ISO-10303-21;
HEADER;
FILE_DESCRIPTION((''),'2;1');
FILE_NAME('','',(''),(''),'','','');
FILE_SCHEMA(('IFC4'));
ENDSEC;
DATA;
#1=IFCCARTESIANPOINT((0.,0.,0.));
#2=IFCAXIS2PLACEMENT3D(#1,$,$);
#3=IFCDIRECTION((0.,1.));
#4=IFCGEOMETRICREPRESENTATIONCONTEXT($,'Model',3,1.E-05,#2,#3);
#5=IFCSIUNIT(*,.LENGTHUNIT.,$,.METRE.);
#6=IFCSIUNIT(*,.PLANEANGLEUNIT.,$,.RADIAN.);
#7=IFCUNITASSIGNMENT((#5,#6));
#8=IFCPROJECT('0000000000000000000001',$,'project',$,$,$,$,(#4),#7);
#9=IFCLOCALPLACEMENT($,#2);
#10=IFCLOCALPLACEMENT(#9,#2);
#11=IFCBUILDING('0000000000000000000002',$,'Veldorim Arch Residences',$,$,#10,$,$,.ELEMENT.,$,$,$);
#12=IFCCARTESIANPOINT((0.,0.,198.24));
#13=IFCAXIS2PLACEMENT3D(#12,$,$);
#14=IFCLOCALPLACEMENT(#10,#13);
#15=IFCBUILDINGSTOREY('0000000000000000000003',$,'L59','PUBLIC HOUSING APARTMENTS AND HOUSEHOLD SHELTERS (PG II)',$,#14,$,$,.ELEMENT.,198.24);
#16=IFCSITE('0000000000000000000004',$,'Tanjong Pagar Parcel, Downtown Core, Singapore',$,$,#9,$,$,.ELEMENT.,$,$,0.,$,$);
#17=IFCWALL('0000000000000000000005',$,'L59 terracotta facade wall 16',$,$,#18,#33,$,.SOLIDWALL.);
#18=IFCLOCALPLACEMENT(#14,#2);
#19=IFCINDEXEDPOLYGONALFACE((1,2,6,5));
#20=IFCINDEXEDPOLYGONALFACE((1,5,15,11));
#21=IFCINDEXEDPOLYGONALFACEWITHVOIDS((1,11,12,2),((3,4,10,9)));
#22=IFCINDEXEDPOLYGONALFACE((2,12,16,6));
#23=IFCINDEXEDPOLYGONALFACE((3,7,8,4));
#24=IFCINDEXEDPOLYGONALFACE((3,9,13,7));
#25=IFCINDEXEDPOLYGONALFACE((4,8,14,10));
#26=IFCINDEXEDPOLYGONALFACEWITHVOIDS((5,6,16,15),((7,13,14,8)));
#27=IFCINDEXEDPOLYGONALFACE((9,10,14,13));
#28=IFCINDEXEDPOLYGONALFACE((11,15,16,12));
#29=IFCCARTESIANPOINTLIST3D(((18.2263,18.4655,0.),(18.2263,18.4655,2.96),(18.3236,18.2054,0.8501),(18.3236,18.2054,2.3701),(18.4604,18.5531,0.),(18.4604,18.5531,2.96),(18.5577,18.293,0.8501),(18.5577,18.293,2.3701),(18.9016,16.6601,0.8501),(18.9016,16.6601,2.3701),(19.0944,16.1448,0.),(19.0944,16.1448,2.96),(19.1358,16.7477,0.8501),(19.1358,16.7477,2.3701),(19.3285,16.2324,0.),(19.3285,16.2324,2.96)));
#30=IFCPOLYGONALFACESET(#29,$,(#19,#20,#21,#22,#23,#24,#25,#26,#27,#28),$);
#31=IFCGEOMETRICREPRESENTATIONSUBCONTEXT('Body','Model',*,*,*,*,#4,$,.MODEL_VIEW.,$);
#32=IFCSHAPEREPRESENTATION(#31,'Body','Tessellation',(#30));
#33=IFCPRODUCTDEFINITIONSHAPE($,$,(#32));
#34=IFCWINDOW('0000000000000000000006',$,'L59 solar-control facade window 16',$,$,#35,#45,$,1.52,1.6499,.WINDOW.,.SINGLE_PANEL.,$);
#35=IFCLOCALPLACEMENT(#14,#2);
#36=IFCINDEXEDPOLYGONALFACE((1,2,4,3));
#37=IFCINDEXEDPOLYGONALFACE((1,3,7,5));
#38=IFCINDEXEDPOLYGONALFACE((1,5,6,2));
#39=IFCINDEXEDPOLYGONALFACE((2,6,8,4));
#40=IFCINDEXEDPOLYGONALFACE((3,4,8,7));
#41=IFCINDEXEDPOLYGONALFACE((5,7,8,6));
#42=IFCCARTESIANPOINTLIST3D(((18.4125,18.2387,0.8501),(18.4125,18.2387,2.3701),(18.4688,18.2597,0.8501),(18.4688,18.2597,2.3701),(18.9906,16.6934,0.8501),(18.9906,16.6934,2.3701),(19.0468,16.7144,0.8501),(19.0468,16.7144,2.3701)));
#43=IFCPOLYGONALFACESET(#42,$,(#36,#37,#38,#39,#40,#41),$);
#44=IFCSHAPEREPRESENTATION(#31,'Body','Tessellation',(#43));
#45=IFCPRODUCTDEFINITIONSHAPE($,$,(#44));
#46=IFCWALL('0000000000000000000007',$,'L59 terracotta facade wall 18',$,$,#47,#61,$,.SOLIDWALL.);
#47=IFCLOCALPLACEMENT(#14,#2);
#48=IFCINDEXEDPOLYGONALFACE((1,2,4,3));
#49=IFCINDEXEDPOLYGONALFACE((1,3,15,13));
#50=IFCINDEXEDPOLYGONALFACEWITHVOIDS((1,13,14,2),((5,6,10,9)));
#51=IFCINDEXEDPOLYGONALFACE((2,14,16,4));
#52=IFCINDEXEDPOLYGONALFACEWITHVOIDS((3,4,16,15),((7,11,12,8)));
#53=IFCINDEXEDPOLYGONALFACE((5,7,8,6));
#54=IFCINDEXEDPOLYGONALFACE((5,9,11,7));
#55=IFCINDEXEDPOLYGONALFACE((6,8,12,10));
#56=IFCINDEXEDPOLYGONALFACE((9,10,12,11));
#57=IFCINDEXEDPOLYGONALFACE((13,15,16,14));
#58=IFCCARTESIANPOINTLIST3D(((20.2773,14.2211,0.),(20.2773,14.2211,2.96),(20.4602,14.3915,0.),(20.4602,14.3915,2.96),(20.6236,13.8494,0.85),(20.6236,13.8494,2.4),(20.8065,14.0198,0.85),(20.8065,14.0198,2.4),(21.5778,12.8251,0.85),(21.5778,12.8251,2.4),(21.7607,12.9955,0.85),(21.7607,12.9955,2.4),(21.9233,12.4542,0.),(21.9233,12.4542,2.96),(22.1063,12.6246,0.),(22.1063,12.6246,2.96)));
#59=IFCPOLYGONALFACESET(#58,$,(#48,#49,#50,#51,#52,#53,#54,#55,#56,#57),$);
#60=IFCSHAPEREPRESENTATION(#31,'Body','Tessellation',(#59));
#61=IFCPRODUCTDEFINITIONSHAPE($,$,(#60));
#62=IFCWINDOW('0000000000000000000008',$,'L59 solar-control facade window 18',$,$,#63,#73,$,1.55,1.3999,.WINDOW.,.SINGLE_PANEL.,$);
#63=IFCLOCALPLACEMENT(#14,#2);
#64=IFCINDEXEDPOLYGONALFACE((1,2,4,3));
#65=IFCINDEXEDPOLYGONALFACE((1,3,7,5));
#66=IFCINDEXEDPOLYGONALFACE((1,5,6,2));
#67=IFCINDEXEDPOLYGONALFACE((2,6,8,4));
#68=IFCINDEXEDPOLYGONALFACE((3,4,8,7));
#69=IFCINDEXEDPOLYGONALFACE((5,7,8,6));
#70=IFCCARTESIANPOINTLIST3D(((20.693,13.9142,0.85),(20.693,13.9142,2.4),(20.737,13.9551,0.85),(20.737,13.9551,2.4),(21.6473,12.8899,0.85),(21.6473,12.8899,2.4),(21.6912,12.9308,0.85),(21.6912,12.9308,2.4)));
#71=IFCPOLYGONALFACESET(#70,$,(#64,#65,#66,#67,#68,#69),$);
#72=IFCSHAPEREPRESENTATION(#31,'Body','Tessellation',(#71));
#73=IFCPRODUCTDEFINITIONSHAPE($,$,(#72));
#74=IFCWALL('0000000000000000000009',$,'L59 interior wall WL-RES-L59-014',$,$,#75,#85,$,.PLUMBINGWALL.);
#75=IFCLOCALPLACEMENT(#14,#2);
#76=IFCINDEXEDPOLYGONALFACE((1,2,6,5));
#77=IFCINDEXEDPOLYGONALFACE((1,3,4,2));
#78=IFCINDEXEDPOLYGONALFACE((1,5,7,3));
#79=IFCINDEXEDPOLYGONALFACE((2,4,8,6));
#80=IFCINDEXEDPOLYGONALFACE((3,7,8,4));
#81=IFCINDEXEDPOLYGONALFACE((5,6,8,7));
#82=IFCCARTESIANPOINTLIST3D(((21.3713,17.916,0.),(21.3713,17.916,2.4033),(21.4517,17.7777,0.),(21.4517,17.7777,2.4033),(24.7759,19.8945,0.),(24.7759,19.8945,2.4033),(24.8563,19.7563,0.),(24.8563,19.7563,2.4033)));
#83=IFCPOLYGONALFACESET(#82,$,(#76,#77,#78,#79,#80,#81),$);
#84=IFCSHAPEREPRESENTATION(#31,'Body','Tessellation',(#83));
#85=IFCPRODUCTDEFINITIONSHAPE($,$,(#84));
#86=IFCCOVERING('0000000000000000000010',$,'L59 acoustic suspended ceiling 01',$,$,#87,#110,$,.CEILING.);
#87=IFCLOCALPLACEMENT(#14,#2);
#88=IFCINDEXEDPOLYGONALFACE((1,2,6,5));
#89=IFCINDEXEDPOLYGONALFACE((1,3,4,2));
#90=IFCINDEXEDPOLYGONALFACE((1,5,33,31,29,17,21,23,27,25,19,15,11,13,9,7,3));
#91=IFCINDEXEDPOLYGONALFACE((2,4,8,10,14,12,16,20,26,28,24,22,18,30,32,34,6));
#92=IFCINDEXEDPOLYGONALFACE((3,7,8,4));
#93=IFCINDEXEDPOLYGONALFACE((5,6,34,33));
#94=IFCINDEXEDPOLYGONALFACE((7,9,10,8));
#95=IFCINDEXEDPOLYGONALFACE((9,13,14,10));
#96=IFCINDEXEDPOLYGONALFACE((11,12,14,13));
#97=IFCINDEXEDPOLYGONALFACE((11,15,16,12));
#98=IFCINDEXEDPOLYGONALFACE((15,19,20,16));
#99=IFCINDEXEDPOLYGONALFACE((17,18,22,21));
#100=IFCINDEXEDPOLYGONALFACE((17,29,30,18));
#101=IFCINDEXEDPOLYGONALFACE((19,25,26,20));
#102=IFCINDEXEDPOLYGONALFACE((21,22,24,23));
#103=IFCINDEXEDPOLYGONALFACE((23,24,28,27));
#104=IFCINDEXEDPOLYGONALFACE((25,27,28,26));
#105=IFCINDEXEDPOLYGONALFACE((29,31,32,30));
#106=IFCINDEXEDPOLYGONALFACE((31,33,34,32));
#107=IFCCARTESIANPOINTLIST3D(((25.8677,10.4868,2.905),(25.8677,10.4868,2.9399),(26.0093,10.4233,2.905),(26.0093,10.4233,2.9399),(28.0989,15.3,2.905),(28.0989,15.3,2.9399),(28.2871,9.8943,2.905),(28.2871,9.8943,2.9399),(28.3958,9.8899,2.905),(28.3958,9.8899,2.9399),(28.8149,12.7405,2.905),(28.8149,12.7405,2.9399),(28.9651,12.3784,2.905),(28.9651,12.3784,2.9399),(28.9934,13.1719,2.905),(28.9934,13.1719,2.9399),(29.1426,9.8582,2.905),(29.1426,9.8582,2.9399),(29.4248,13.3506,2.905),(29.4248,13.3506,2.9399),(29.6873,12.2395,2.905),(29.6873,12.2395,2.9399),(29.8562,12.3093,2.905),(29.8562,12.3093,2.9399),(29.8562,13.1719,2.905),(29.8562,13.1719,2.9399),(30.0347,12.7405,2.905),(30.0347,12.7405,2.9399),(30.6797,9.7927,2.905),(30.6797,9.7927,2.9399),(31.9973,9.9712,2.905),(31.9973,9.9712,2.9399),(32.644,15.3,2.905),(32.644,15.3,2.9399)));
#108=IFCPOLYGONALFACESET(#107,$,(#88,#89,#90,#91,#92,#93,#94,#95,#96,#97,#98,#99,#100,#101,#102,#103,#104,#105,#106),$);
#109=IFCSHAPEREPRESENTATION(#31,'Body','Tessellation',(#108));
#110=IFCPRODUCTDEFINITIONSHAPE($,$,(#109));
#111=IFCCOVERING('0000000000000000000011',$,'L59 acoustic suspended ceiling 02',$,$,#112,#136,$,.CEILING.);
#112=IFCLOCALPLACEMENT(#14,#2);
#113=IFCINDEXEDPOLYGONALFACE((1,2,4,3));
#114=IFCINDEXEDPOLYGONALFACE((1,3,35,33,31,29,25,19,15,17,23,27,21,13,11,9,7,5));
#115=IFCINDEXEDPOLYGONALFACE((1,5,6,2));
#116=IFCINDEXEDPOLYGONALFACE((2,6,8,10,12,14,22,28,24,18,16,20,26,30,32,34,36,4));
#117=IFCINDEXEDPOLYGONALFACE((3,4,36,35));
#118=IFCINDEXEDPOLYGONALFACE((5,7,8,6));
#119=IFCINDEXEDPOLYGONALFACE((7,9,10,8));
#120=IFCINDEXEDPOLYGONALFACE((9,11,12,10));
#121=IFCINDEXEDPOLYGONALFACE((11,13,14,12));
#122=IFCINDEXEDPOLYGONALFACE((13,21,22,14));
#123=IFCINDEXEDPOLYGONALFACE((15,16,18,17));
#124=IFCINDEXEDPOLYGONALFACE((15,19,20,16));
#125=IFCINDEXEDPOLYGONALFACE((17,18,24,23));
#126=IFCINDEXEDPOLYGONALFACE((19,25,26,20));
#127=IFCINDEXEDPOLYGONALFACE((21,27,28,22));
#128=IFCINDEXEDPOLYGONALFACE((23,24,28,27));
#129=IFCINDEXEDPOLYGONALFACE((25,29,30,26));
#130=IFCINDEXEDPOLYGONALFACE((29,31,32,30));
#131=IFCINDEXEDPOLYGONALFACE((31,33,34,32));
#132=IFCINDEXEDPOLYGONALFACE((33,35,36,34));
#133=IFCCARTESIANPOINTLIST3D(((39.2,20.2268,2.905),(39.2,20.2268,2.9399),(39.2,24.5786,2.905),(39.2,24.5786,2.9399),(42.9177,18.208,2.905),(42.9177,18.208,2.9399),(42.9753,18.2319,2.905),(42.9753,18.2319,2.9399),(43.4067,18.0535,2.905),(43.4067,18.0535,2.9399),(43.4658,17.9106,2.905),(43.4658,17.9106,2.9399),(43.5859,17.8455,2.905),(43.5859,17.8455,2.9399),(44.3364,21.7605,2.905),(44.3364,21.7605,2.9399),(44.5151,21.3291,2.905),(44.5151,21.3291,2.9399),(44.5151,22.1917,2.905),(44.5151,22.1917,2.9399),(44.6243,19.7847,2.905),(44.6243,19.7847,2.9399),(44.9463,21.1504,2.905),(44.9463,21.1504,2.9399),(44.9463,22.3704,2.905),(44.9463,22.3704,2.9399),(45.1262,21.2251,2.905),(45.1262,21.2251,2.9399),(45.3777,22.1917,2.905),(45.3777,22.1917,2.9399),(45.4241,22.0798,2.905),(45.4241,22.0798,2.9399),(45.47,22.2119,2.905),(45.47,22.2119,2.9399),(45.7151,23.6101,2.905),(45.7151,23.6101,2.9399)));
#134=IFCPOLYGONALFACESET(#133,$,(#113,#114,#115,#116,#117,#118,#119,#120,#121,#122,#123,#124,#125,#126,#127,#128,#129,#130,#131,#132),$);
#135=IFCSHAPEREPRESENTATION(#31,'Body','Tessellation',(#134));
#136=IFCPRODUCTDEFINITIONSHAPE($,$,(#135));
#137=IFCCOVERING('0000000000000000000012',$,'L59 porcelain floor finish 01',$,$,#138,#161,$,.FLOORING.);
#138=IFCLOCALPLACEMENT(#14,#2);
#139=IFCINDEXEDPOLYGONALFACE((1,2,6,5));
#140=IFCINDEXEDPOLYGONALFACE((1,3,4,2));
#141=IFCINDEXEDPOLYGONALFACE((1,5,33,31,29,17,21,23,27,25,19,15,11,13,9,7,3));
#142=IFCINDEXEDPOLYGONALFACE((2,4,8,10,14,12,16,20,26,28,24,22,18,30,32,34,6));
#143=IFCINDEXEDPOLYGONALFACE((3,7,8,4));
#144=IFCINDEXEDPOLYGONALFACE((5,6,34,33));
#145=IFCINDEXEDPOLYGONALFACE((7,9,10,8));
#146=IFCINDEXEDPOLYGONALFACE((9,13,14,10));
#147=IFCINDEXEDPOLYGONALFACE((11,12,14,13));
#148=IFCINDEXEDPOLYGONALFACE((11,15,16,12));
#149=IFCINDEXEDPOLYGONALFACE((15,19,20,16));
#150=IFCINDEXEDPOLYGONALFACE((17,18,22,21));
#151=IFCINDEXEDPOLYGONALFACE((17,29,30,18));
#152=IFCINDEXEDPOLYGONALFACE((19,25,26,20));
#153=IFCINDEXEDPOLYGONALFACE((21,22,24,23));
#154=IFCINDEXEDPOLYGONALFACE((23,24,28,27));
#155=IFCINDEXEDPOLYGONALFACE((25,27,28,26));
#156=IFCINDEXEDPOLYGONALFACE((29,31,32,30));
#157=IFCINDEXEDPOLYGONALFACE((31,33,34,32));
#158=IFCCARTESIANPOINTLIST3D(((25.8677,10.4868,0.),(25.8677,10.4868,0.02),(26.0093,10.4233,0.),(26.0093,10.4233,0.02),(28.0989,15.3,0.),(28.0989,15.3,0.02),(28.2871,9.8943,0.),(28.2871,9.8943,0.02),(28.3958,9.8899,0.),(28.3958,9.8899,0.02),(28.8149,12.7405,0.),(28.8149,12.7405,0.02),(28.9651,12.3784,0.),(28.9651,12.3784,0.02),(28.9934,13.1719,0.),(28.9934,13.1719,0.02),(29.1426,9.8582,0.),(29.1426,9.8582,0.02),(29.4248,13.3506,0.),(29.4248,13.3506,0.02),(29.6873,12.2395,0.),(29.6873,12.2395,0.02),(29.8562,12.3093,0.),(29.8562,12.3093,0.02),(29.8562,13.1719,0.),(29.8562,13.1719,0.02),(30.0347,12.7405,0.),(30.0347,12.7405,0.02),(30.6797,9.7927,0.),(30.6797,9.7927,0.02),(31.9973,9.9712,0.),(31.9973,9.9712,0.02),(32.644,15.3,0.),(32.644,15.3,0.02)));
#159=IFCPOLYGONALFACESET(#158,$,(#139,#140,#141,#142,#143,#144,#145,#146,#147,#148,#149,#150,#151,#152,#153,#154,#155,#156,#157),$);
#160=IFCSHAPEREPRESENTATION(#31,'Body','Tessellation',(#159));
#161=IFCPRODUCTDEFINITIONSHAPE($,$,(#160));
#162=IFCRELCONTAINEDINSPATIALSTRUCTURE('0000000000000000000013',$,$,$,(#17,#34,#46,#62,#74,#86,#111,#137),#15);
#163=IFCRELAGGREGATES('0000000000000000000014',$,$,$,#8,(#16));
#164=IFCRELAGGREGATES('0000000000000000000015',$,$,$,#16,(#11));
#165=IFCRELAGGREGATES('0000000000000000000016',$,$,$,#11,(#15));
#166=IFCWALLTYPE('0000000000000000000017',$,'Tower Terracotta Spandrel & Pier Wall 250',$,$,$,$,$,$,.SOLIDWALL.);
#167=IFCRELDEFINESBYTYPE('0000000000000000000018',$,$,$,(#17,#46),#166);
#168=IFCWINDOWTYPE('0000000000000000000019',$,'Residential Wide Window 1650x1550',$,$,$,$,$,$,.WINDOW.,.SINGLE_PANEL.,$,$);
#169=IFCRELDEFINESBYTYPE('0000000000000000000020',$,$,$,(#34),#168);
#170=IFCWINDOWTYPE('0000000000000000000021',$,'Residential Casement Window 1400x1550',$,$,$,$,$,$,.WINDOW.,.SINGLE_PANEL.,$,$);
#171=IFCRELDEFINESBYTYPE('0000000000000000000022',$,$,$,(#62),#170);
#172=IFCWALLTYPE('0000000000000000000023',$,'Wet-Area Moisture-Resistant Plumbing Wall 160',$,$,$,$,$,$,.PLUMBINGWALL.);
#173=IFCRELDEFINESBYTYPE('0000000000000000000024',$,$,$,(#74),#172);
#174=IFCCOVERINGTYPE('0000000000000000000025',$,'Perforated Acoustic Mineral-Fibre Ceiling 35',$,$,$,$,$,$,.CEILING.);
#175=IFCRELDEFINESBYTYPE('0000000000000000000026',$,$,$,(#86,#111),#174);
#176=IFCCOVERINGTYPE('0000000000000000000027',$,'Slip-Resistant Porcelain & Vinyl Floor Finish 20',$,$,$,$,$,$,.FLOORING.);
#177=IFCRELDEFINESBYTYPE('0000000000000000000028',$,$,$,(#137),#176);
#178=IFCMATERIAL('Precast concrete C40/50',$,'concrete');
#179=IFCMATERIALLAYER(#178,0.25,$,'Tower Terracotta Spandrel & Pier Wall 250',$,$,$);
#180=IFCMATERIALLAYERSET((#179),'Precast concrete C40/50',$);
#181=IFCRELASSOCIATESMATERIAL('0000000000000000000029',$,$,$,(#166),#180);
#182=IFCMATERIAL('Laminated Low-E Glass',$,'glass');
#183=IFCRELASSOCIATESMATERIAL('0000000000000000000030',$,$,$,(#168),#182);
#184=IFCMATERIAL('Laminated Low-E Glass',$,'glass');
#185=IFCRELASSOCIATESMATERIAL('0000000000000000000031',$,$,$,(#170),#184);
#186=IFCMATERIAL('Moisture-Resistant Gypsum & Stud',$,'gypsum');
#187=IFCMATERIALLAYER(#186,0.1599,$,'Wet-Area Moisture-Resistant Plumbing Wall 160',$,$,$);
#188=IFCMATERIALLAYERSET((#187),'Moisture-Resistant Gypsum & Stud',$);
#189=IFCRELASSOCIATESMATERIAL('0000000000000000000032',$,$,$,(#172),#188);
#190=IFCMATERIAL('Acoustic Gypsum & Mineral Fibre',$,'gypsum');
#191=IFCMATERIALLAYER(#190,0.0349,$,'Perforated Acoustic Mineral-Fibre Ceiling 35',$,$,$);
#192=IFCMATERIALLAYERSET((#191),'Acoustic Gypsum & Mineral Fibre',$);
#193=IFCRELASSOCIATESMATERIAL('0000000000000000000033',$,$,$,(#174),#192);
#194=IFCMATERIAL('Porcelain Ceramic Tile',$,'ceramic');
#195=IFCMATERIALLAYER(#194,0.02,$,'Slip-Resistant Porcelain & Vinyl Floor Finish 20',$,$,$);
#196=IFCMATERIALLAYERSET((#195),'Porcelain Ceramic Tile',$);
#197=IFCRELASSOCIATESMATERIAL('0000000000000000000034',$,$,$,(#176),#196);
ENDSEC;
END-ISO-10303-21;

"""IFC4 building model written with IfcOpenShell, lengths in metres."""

from ifc_helpers import new_model, si_unit, direction, frame, frame_2d, origin, place, context, subcontext, project, spatial, polyline, rectangle, outline, extrude, material, layer, layer_set, type_object, element, fill, save


model = new_model("IFC4")

# Units and contexts
model_context = context("Model", 3, precision=1e-05, world=origin(), true_north=direction((0.0, 1.0)))
body_context = subcontext(model_context, "Body", "Model", "MODEL_VIEW")
ifc_project = project(units=[si_unit("LENGTHUNIT", "METRE"), si_unit("PLANEANGLEUNIT", "RADIAN")], contexts=[model_context])

# Site, building, storey
site_placement = place(None, origin())
site = spatial("IfcSite", under=ifc_project, at=site_placement, Name="Tanjong Pagar Parcel, Downtown Core, Singapore", CompositionType="ELEMENT", RefElevation=0.0)
building_placement = place(site_placement, origin())
building = spatial("IfcBuilding", under=site, at=building_placement, Name="Veldorim Arch Residences", CompositionType="ELEMENT")
storey_placement = place(building_placement, frame((0.0, 0.0, 198.24)))
storey = spatial("IfcBuildingStorey", under=building, at=storey_placement, Name="L59", Description="PUBLIC HOUSING APARTMENTS AND HOUSEHOLD SHELTERS (PG II)", CompositionType="ELEMENT", Elevation=198.24)

# Shared definitions
ifc_material_1 = material(Name="Precast concrete C40/50", Category="concrete")
ifc_layer_1 = layer(ifc_material_1, 0.25, Name="Tower Terracotta Spandrel & Pier Wall 250")
ifc_layer_set_1 = layer_set([ifc_layer_1], Name="Precast concrete C40/50")
wall_type_1 = type_object("IfcWallType", Name="Tower Terracotta Spandrel & Pier Wall 250", PredefinedType="SOLIDWALL", material=ifc_layer_set_1)

# Walls, openings, windows
wall_1_placement = place(storey_placement, frame((19.2114, 16.1887, 0.0), z_axis=(0.0, 0.0, 1.0), x_axis=(-0.350367, 0.936612, 0.0)))
wall_1 = element("IfcWall", 1, at=wall_1_placement, inside=storey, type_object=wall_type_1, Name="L59 terracotta facade wall 16", PredefinedType="SOLIDWALL", context=body_context, shape_type="SweptSolid", body=[
    extrude(rectangle(XDim=2.4778, YDim=0.25, at=frame_2d((1.2388, 0.0))), origin(), (0.0, 0.0, 1.0), 2.96),
])
opening_1_placement = place(wall_1_placement, frame((0.55, 0.0, 0.8501)))
opening_1 = element("IfcOpeningElement", 2, at=opening_1_placement, cuts=wall_1, PredefinedType="OPENING", context=body_context, shape_type="SweptSolid", body=[
    extrude(rectangle(XDim=1.6499, YDim=1.52, at=frame_2d((0.825, 0.76))), frame((0.0, 0.135, 0.0), z_axis=(0.0, -1.0, 0.0), x_axis=(1.0, 0.0, 0.0)), (0.0, 0.0, 1.0), 0.27),
])
ifc_material_2 = material(Name="Laminated Low-E Glass", Category="glass")
window_type_1 = type_object("IfcWindowType", Name="Residential Wide Window 1650x1550", PartitioningType="SINGLE_PANEL", PredefinedType="WINDOW", material=ifc_material_2)
window_1_placement = place(opening_1_placement, origin())
window_1 = element("IfcWindow", 3, at=window_1_placement, inside=storey, type_object=window_type_1, Name="L59 solar-control facade window 16", OverallHeight=1.52, OverallWidth=1.6499, PartitioningType="SINGLE_PANEL", PredefinedType="WINDOW", context=body_context, shape_type="SweptSolid", body=[
    extrude(rectangle(XDim=1.6499, YDim=1.52, at=frame_2d((0.825, 0.76))), frame((0.0, 0.03, 0.0), z_axis=(0.0, -1.0, 0.0), x_axis=(1.0, 0.0, 0.0)), (0.0, 0.0, 1.0), 0.0601),
])
fill(opening_1, window_1)
wall_2_placement = place(storey_placement, frame((22.0149, 12.5393, 0.0), z_axis=(0.0, 0.0, 1.0), x_axis=(-0.681641, 0.731687, 0.0)))
wall_2 = element("IfcWall", 4, at=wall_2_placement, inside=storey, type_object=wall_type_1, Name="L59 terracotta facade wall 18", PredefinedType="SOLIDWALL", context=body_context, shape_type="SweptSolid", body=[
    extrude(rectangle(XDim=2.4148, YDim=0.25, at=frame_2d((1.2075, 0.0))), origin(), (0.0, 0.0, 1.0), 2.96),
])
opening_2_placement = place(wall_2_placement, frame((0.5071, 0.0, 0.8501)))
opening_2 = element("IfcOpeningElement", 5, at=opening_2_placement, cuts=wall_2, PredefinedType="OPENING", context=body_context, shape_type="SweptSolid", body=[
    extrude(rectangle(XDim=1.3999, YDim=1.55, at=frame_2d((0.7, 0.7749))), frame((0.0, 0.135, 0.0), z_axis=(0.0, -1.0, 0.0), x_axis=(1.0, 0.0, 0.0)), (0.0, 0.0, 1.0), 0.27),
])
ifc_material_3 = material(Name="Laminated Low-E Glass", Category="glass")
window_type_2 = type_object("IfcWindowType", Name="Residential Casement Window 1400x1550", PartitioningType="SINGLE_PANEL", PredefinedType="WINDOW", material=ifc_material_3)
window_2_placement = place(opening_2_placement, origin())
window_2 = element("IfcWindow", 6, at=window_2_placement, inside=storey, type_object=window_type_2, Name="L59 solar-control facade window 18", OverallHeight=1.55, OverallWidth=1.3999, PartitioningType="SINGLE_PANEL", PredefinedType="WINDOW", context=body_context, shape_type="SweptSolid", body=[
    extrude(rectangle(XDim=1.3999, YDim=1.55, at=frame_2d((0.7, 0.7749))), frame((0.0, 0.03, 0.0), z_axis=(0.0, -1.0, 0.0), x_axis=(1.0, 0.0, 0.0)), (0.0, 0.0, 1.0), 0.0601),
])
fill(opening_2, window_2)

# Wall
ifc_material_4 = material(Name="Moisture-Resistant Gypsum & Stud", Category="gypsum")
ifc_layer_2 = layer(ifc_material_4, 0.1599, Name="Wet-Area Moisture-Resistant Plumbing Wall 160")
ifc_layer_set_2 = layer_set([ifc_layer_2], Name="Moisture-Resistant Gypsum & Stud")
wall_type_2 = type_object("IfcWallType", Name="Wet-Area Moisture-Resistant Plumbing Wall 160", PredefinedType="PLUMBINGWALL", material=ifc_layer_set_2)
wall_3_placement = place(storey_placement, frame((21.4116, 17.8469, 0.0), z_axis=(0.0, 0.0, 1.0), x_axis=(0.864603, 0.502456, 0.0)))
element("IfcWall", 7, at=wall_3_placement, inside=storey, type_object=wall_type_2, Name="L59 interior wall WL-RES-L59-014", PredefinedType="PLUMBINGWALL", context=body_context, shape_type="SweptSolid", body=[
    extrude(rectangle(XDim=3.9377, YDim=0.1599, at=frame_2d((1.9688, 0.0))), origin(), (0.0, 0.0, 1.0), 2.4033),
])

# Coverings
ifc_material_5 = material(Name="Acoustic Gypsum & Mineral Fibre", Category="gypsum")
ifc_layer_3 = layer(ifc_material_5, 0.0349, Name="Perforated Acoustic Mineral-Fibre Ceiling 35")
ifc_layer_set_3 = layer_set([ifc_layer_3], Name="Acoustic Gypsum & Mineral Fibre")
covering_type_1 = type_object("IfcCoveringType", Name="Perforated Acoustic Mineral-Fibre Ceiling 35", PredefinedType="CEILING", material=ifc_layer_set_3)
covering_1_placement = place(storey_placement, frame((0.0, 0.0, 2.905)))
element("IfcCovering", 8, at=covering_1_placement, inside=storey, type_object=covering_type_1, Name="L59 acoustic suspended ceiling 01", PredefinedType="CEILING", context=body_context, shape_type="SweptSolid", body=[
    extrude(outline(polyline([(28.3958, 9.8899), (28.2871, 9.8943), (26.0093, 10.4233), (25.8677, 10.4868), (28.0989, 15.3), (32.644, 15.3), (31.9973, 9.9712), (30.6797, 9.7927), (29.1426, 9.8582), (29.6873, 12.2395), (29.8562, 12.3093), (30.0347, 12.7405), (29.8562, 13.1719), (29.4248, 13.3506), (28.9934, 13.1719), (28.8149, 12.7405), (28.9651, 12.3784), (28.3958, 9.8899)])), origin(), (0.0, 0.0, 1.0), 0.0349),
])
covering_2_placement = place(storey_placement, frame((0.0, 0.0, 2.905)))
element("IfcCovering", 9, at=covering_2_placement, inside=storey, type_object=covering_type_1, Name="L59 acoustic suspended ceiling 02", PredefinedType="CEILING", context=body_context, shape_type="SweptSolid", body=[
    extrude(outline(polyline([(44.6243, 19.7847), (43.5859, 17.8455), (43.4658, 17.9106), (43.4067, 18.0535), (42.9753, 18.2319), (42.9177, 18.208), (39.2, 20.2268), (39.2, 24.5786), (45.7151, 23.6101), (45.47, 22.2119), (45.4241, 22.0798), (45.3777, 22.1917), (44.9463, 22.3704), (44.5151, 22.1917), (44.3364, 21.7605), (44.5151, 21.3291), (44.9463, 21.1504), (45.1262, 21.2251), (44.6243, 19.7847)])), origin(), (0.0, 0.0, 1.0), 0.0349),
])
ifc_material_6 = material(Name="Porcelain Ceramic Tile", Category="ceramic")
ifc_layer_4 = layer(ifc_material_6, 0.02, Name="Slip-Resistant Porcelain & Vinyl Floor Finish 20")
ifc_layer_set_4 = layer_set([ifc_layer_4], Name="Porcelain Ceramic Tile")
covering_type_2 = type_object("IfcCoveringType", Name="Slip-Resistant Porcelain & Vinyl Floor Finish 20", PredefinedType="FLOORING", material=ifc_layer_set_4)
covering_3_placement = place(storey_placement, origin())
element("IfcCovering", 10, at=covering_3_placement, inside=storey, type_object=covering_type_2, Name="L59 porcelain floor finish 01", PredefinedType="FLOORING", context=body_context, shape_type="SweptSolid", body=[
    extrude(outline(polyline([(28.3958, 9.8899), (28.2871, 9.8943), (26.0093, 10.4233), (25.8677, 10.4868), (28.0989, 15.3), (32.644, 15.3), (31.9973, 9.9712), (30.6797, 9.7927), (29.1426, 9.8582), (29.6873, 12.2395), (29.8562, 12.3093), (30.0347, 12.7405), (29.8562, 13.1719), (29.4248, 13.3506), (28.9934, 13.1719), (28.8149, 12.7405), (28.9651, 12.3784), (28.3958, 9.8899)])), origin(), (0.0, 0.0, 1.0), 0.02),
])

save(model, "model.ifc")
